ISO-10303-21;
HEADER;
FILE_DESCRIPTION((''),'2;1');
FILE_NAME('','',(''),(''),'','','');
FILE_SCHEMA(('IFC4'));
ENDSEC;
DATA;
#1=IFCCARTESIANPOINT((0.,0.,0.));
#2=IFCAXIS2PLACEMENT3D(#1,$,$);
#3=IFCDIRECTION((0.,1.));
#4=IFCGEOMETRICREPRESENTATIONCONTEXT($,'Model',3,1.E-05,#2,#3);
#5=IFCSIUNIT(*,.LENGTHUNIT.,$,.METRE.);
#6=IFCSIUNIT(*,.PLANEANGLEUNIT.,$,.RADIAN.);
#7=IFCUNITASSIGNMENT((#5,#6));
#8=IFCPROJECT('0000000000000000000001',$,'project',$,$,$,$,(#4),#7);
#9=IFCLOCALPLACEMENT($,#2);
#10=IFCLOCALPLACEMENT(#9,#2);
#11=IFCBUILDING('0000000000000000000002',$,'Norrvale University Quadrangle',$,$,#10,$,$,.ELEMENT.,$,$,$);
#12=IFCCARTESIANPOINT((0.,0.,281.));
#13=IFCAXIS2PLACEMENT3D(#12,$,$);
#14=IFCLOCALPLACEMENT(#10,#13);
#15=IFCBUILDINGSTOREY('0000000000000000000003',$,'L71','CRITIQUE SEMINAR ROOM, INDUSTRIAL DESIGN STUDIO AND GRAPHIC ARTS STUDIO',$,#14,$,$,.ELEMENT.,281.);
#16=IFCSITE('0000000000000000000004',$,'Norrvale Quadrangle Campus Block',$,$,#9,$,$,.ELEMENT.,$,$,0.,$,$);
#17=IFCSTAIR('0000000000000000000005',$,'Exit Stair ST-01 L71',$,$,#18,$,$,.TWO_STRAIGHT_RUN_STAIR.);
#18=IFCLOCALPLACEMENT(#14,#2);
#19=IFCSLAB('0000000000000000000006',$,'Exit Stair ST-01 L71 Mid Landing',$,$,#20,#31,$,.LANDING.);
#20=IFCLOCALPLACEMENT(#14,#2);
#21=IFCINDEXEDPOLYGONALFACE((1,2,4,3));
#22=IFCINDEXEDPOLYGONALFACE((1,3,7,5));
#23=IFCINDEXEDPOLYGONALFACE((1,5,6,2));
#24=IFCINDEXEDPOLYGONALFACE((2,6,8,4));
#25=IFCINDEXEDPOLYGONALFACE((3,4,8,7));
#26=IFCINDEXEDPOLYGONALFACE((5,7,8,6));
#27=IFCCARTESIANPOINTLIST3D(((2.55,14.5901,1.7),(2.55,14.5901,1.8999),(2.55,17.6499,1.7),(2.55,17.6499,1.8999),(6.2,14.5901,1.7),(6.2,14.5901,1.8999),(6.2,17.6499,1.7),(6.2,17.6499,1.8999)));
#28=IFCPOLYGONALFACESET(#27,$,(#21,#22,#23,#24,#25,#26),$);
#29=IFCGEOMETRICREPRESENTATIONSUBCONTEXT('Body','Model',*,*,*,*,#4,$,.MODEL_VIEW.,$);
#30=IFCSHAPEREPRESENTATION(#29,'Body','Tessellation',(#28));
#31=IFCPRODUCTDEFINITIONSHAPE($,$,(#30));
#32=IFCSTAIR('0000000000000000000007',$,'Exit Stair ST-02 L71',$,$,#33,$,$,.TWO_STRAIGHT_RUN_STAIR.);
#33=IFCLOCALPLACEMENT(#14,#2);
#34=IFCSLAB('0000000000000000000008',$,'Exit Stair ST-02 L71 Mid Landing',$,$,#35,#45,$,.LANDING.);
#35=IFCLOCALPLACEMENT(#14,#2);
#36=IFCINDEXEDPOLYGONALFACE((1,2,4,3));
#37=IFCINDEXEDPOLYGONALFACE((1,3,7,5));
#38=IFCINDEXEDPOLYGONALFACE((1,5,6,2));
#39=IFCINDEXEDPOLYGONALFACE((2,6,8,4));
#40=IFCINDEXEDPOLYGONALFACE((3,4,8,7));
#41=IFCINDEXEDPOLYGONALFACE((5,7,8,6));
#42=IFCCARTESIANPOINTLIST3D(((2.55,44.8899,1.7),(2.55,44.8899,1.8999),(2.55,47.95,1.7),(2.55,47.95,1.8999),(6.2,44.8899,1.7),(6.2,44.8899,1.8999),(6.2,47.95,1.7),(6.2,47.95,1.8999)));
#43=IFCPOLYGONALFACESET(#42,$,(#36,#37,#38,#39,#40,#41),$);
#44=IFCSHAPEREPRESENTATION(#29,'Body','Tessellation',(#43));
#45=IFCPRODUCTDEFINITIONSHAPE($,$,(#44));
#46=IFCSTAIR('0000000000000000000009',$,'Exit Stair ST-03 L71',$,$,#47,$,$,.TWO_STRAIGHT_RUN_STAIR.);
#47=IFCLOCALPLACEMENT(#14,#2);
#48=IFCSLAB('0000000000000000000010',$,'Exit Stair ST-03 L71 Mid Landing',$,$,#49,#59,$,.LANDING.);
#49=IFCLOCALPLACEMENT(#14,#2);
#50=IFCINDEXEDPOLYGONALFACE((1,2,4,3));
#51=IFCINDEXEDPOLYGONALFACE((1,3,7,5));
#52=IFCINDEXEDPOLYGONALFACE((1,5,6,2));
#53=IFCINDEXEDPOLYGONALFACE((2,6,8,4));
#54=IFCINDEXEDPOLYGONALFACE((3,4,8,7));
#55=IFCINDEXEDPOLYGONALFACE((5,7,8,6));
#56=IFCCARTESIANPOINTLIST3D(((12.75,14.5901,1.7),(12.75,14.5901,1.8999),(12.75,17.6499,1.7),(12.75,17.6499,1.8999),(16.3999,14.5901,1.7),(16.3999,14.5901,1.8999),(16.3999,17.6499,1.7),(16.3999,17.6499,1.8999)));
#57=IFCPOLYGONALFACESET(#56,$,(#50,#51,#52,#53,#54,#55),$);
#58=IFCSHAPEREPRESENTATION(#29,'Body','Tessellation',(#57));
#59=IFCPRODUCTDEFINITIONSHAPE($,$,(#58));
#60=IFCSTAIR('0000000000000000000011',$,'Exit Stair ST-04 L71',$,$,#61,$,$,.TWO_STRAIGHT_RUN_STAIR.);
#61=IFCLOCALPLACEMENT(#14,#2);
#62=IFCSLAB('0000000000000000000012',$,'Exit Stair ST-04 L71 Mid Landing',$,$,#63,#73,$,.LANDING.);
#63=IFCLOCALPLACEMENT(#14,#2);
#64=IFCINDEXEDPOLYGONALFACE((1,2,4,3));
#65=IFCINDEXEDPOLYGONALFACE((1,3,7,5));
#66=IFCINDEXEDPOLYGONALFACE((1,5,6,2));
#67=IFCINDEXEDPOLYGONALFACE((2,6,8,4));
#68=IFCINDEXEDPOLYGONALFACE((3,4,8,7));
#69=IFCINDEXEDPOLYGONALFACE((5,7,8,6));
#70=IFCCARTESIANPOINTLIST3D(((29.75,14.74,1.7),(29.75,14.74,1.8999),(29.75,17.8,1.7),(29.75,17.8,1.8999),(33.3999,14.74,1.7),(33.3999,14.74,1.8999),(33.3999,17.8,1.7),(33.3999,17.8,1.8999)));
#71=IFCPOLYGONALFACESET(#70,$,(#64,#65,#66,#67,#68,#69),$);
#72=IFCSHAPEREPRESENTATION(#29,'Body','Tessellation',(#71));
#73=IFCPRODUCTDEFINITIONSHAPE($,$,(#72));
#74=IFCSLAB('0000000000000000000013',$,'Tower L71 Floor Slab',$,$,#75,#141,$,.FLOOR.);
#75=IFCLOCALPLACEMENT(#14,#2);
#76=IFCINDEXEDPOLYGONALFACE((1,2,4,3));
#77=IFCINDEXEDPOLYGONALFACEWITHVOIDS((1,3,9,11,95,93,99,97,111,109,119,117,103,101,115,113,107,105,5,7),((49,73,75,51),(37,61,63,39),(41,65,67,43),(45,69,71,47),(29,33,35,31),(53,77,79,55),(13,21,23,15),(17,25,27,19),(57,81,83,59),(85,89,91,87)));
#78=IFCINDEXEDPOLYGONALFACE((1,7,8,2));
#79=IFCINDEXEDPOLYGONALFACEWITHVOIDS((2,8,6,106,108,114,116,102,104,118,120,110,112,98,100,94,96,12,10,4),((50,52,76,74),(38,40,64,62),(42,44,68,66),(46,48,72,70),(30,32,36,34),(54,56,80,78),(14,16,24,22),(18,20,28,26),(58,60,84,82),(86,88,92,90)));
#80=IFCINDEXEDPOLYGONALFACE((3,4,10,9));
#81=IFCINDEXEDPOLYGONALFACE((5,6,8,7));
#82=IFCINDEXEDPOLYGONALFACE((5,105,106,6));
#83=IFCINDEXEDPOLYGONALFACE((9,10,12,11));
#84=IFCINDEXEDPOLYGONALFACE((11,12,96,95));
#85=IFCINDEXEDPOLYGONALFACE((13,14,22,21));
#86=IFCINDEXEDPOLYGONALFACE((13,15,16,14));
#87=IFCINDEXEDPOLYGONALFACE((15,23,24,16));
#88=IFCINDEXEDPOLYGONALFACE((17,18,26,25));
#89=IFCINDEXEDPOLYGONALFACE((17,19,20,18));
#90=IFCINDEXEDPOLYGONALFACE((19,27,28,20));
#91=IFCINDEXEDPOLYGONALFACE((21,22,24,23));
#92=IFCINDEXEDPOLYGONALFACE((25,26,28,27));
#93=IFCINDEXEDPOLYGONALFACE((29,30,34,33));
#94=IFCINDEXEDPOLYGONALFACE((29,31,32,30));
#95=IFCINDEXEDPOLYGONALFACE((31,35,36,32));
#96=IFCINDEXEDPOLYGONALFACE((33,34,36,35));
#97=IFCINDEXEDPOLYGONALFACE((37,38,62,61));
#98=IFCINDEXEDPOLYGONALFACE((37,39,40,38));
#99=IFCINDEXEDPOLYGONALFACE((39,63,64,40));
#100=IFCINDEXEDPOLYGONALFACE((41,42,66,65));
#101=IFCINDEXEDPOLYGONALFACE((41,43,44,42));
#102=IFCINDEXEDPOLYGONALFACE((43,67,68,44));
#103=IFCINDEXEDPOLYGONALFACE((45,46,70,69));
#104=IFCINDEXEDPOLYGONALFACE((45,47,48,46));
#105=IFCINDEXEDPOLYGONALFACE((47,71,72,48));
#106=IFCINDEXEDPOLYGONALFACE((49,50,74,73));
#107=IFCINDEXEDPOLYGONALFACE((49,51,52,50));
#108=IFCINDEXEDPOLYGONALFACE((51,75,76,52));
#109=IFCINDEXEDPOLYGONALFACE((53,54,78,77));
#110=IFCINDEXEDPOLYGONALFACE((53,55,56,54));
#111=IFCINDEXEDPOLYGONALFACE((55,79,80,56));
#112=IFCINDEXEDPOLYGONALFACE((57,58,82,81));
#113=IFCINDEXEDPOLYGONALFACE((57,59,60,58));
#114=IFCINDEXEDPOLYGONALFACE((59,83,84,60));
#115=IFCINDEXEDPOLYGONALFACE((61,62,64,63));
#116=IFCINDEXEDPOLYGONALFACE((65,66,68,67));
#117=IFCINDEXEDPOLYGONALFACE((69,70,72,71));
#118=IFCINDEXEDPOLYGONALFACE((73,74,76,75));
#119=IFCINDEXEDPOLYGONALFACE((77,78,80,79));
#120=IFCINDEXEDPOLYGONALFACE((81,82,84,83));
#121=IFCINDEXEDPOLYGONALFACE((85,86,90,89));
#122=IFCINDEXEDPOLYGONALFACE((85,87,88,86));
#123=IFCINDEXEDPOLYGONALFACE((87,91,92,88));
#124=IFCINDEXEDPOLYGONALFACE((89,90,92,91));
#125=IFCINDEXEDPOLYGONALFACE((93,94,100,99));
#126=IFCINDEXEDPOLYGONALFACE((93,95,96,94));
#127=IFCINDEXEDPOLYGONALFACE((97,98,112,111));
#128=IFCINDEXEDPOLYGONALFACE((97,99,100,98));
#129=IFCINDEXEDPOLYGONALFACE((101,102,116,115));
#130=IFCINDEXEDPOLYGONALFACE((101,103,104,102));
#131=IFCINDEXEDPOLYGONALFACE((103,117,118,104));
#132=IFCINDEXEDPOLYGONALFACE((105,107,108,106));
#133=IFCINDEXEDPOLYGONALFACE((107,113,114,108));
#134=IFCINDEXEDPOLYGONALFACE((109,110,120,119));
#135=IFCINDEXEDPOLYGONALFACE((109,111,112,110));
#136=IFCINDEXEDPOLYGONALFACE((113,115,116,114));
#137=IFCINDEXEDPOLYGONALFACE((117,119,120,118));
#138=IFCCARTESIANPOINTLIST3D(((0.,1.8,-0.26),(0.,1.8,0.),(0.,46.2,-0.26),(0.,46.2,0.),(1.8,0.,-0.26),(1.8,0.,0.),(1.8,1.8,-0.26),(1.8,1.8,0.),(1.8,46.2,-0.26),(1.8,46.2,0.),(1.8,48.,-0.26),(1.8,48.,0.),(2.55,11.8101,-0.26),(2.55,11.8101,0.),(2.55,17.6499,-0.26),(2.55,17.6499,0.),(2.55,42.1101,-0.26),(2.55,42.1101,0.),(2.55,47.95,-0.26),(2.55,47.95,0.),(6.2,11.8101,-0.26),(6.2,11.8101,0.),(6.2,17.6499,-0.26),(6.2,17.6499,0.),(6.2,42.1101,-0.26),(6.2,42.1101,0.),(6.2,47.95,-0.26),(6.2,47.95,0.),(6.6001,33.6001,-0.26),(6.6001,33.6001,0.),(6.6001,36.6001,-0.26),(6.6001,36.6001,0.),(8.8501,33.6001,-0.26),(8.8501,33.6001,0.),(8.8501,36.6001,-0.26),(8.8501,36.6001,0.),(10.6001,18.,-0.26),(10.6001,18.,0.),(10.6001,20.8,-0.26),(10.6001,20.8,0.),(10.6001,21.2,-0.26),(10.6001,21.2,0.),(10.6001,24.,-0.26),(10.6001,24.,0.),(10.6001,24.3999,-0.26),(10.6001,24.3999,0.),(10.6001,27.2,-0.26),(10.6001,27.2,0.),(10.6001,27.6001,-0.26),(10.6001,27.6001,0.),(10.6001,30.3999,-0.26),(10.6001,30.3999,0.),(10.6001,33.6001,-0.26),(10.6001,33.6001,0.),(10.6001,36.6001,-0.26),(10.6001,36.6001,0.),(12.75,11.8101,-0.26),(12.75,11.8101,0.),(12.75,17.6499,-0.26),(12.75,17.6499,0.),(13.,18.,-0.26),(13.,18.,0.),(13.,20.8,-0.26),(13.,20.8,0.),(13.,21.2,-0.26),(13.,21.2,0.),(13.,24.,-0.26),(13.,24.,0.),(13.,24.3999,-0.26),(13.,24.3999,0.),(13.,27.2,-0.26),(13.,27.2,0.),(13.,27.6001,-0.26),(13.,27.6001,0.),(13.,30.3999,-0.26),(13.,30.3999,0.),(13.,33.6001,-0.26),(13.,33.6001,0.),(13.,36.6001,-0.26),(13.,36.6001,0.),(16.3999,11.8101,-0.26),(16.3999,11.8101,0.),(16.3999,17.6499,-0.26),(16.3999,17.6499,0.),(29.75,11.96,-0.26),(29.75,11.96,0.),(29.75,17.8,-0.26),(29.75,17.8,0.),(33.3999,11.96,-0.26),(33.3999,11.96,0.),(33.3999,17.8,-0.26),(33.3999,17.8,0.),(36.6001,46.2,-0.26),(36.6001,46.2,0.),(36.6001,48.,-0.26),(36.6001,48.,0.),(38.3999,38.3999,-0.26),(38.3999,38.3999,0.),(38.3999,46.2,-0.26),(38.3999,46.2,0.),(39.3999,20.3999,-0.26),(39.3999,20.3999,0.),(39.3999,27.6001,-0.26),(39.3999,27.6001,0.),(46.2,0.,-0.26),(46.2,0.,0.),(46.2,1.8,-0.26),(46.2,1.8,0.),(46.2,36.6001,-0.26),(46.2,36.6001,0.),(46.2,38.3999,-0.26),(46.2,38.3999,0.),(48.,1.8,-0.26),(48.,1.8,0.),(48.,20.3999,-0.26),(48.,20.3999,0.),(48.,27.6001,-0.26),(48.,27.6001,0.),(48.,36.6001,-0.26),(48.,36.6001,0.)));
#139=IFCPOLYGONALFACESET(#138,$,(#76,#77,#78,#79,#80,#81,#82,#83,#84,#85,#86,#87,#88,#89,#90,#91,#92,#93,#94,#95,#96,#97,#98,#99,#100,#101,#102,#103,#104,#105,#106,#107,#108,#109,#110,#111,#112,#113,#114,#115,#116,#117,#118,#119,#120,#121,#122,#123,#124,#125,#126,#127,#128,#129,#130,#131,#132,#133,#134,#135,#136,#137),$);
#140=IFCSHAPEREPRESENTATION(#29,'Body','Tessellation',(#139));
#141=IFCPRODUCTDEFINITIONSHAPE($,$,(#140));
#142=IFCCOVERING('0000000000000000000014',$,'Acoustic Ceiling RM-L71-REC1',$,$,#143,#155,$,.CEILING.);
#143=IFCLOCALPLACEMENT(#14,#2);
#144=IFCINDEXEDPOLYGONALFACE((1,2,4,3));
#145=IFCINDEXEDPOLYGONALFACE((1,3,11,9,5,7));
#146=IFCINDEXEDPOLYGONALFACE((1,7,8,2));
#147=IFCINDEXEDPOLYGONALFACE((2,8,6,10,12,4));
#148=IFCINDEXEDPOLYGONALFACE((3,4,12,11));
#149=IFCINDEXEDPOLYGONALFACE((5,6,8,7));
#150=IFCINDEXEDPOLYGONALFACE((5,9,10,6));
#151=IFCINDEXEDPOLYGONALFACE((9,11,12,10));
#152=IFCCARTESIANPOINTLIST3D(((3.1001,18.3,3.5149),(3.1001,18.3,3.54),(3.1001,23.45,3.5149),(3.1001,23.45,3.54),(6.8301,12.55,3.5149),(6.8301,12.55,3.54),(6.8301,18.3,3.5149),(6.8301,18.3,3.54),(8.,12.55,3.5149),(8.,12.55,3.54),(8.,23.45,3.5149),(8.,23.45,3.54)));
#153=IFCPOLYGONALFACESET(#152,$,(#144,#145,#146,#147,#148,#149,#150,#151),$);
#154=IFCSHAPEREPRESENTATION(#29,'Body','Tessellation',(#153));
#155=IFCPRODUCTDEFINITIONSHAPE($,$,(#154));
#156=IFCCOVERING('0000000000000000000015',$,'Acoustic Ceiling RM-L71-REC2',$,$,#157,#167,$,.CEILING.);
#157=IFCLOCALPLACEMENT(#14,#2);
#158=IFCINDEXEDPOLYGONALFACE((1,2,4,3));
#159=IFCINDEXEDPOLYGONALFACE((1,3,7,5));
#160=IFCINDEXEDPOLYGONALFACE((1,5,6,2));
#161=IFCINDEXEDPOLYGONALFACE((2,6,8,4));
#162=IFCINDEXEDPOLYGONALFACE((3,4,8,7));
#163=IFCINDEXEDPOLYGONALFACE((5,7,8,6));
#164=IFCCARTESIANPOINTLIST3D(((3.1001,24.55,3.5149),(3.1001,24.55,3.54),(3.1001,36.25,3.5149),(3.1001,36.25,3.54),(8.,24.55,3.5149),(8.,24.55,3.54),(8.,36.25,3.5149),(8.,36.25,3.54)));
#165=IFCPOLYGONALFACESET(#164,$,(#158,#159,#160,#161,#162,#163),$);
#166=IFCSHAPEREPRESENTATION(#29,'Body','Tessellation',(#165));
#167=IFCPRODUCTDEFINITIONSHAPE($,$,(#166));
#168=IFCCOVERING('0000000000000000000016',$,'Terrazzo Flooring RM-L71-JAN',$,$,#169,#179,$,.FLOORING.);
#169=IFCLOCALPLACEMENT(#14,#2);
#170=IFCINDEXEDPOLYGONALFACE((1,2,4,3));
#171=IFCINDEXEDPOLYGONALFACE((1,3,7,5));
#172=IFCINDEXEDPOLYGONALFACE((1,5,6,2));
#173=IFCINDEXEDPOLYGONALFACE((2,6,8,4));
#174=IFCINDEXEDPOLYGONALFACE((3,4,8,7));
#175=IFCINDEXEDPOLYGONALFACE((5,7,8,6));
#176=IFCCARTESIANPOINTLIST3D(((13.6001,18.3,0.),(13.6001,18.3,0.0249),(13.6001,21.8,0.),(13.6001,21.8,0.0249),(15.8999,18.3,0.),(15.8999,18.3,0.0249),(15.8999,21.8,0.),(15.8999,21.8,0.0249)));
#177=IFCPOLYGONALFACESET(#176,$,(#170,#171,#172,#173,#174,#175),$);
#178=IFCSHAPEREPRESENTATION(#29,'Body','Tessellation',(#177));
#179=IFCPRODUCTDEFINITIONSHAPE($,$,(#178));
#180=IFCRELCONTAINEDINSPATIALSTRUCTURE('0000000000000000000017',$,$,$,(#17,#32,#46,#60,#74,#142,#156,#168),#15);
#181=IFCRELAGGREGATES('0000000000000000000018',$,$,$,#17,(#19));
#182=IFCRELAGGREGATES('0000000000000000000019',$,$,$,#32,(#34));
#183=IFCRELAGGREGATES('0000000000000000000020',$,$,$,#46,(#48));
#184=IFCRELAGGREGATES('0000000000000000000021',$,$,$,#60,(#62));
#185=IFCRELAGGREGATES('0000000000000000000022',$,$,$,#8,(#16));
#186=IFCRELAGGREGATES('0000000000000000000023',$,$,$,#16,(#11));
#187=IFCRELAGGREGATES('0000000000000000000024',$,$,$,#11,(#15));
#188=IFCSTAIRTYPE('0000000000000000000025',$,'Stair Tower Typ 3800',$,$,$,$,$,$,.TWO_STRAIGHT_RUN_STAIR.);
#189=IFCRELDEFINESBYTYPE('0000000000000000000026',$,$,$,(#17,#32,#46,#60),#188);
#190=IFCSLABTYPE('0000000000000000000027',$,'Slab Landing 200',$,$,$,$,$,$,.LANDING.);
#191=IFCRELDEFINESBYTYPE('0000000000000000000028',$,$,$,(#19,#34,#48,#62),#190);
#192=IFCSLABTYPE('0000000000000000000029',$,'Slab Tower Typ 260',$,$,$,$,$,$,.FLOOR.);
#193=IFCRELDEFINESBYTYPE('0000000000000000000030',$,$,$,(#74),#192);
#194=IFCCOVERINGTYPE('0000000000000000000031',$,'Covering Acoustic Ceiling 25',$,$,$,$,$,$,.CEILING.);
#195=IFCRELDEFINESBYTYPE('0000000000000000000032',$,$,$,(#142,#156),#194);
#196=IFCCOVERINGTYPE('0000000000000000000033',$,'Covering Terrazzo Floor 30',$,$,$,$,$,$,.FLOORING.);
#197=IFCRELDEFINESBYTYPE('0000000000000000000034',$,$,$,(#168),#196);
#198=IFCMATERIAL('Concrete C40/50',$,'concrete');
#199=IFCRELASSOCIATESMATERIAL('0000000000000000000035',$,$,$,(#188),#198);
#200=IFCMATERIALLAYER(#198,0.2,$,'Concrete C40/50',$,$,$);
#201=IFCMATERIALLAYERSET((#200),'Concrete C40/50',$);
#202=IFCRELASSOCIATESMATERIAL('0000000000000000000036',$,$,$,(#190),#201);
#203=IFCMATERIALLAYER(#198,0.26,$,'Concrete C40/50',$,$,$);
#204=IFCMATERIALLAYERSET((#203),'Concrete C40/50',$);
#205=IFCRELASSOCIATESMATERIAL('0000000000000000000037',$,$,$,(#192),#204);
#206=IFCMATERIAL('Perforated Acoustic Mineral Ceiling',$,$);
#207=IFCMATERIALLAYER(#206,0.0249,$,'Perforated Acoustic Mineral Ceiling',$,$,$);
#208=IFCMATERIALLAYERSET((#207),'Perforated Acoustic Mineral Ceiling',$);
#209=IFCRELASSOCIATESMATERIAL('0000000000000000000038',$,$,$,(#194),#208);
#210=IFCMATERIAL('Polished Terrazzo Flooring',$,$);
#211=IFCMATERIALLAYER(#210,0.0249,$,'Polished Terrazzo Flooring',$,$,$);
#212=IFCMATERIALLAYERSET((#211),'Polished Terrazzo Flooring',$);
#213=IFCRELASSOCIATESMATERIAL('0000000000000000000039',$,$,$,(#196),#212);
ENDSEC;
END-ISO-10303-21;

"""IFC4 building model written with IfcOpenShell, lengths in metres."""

from ifc_helpers import new_model, si_unit, direction, frame, origin, place, context, subcontext, project, spatial, polyline, outline, extrude, material, layer, layer_set, type_object, element, aggregate, save


model = new_model("IFC4")

# Units and contexts
model_context = context("Model", 3, precision=1e-05, world=origin(), true_north=direction((0.0, 1.0)))
body_context = subcontext(model_context, "Body", "Model", "MODEL_VIEW")
ifc_project = project(units=[si_unit("LENGTHUNIT", "METRE"), si_unit("PLANEANGLEUNIT", "RADIAN")], contexts=[model_context])

# Site, building, storey
site_placement = place(None, origin())
site = spatial("IfcSite", under=ifc_project, at=site_placement, Name="Norrvale Quadrangle Campus Block", CompositionType="ELEMENT", RefElevation=0.0)
building_placement = place(site_placement, origin())
building = spatial("IfcBuilding", under=site, at=building_placement, Name="Norrvale University Quadrangle", CompositionType="ELEMENT")
storey_placement = place(building_placement, frame((0.0, 0.0, 281.0)))
storey = spatial("IfcBuildingStorey", under=building, at=storey_placement, Name="L71", Description="CRITIQUE SEMINAR ROOM, INDUSTRIAL DESIGN STUDIO AND GRAPHIC ARTS STUDIO", CompositionType="ELEMENT", Elevation=281.0)

# Stairs, slabs
ifc_material_1 = material(Name="Concrete C40/50", Category="concrete")
stair_type = type_object("IfcStairType", Name="Stair Tower Typ 3800", PredefinedType="TWO_STRAIGHT_RUN_STAIR", material=ifc_material_1)
stair_1_placement = place(storey_placement, origin())
stair_1 = element("IfcStair", 1, at=stair_1_placement, inside=storey, type_object=stair_type, Name="Exit Stair ST-01 L71", PredefinedType="TWO_STRAIGHT_RUN_STAIR")
ifc_layer_1 = layer(ifc_material_1, 0.2, Name="Concrete C40/50")
ifc_layer_set_1 = layer_set([ifc_layer_1], Name="Concrete C40/50")
slab_type_1 = type_object("IfcSlabType", Name="Slab Landing 200", PredefinedType="LANDING", material=ifc_layer_set_1)
slab_1_placement = place(storey_placement, frame((0.0, 0.0, 1.7)))
slab_1 = element("IfcSlab", 2, at=slab_1_placement, type_object=slab_type_1, Name="Exit Stair ST-01 L71 Mid Landing", PredefinedType="LANDING", context=body_context, shape_type="SweptSolid", body=[
    extrude(outline(polyline([(2.55, 14.5901), (6.2, 14.5901), (6.2, 17.6499), (2.55, 17.6499), (2.55, 14.5901)])), origin(), (0.0, 0.0, 1.0), 0.2),
])
aggregate(stair_1, [slab_1])
stair_2_placement = place(storey_placement, origin())
stair_2 = element("IfcStair", 3, at=stair_2_placement, inside=storey, type_object=stair_type, Name="Exit Stair ST-02 L71", PredefinedType="TWO_STRAIGHT_RUN_STAIR")
slab_2_placement = place(storey_placement, frame((0.0, 0.0, 1.7)))
slab_2 = element("IfcSlab", 4, at=slab_2_placement, type_object=slab_type_1, Name="Exit Stair ST-02 L71 Mid Landing", PredefinedType="LANDING", context=body_context, shape_type="SweptSolid", body=[
    extrude(outline(polyline([(2.55, 44.8899), (6.2, 44.8899), (6.2, 47.95), (2.55, 47.95), (2.55, 44.8899)])), origin(), (0.0, 0.0, 1.0), 0.2),
])
aggregate(stair_2, [slab_2])
stair_3_placement = place(storey_placement, origin())
stair_3 = element("IfcStair", 5, at=stair_3_placement, inside=storey, type_object=stair_type, Name="Exit Stair ST-03 L71", PredefinedType="TWO_STRAIGHT_RUN_STAIR")
slab_3_placement = place(storey_placement, frame((0.0, 0.0, 1.7)))
slab_3 = element("IfcSlab", 6, at=slab_3_placement, type_object=slab_type_1, Name="Exit Stair ST-03 L71 Mid Landing", PredefinedType="LANDING", context=body_context, shape_type="SweptSolid", body=[
    extrude(outline(polyline([(12.75, 14.5901), (16.3999, 14.5901), (16.3999, 17.6499), (12.75, 17.6499), (12.75, 14.5901)])), origin(), (0.0, 0.0, 1.0), 0.2),
])
aggregate(stair_3, [slab_3])
stair_4_placement = place(storey_placement, origin())
stair_4 = element("IfcStair", 7, at=stair_4_placement, inside=storey, type_object=stair_type, Name="Exit Stair ST-04 L71", PredefinedType="TWO_STRAIGHT_RUN_STAIR")
slab_4_placement = place(storey_placement, frame((0.0, 0.0, 1.7)))
slab_4 = element("IfcSlab", 8, at=slab_4_placement, type_object=slab_type_1, Name="Exit Stair ST-04 L71 Mid Landing", PredefinedType="LANDING", context=body_context, shape_type="SweptSolid", body=[
    extrude(outline(polyline([(29.75, 14.74), (33.3999, 14.74), (33.3999, 17.8), (29.75, 17.8), (29.75, 14.74)])), origin(), (0.0, 0.0, 1.0), 0.2),
])
aggregate(stair_4, [slab_4])

# Slab
ifc_layer_2 = layer(ifc_material_1, 0.26, Name="Concrete C40/50")
ifc_layer_set_2 = layer_set([ifc_layer_2], Name="Concrete C40/50")
slab_type_2 = type_object("IfcSlabType", Name="Slab Tower Typ 260", PredefinedType="FLOOR", material=ifc_layer_set_2)
slab_5_placement = place(storey_placement, frame((0.0, 0.0, -0.26)))
element("IfcSlab", 9, at=slab_5_placement, inside=storey, type_object=slab_type_2, Name="Tower L71 Floor Slab", PredefinedType="FLOOR", context=body_context, shape_type="SweptSolid", body=[
    extrude(outline(polyline([(48.0, 1.8), (46.2, 1.8), (46.2, 0.0), (1.8, 0.0), (1.8, 1.8), (0.0, 1.8), (0.0, 46.2), (1.8, 46.2), (1.8, 48.0), (36.6001, 48.0), (36.6001, 46.2), (38.3999, 46.2), (38.3999, 38.3999), (46.2, 38.3999), (46.2, 36.6001), (48.0, 36.6001), (48.0, 27.6001), (39.3999, 27.6001), (39.3999, 20.3999), (48.0, 20.3999), (48.0, 1.8)]), holes=[polyline([(2.55, 11.8101), (6.2, 11.8101), (6.2, 17.6499), (2.55, 17.6499), (2.55, 11.8101)]), polyline([(2.55, 42.1101), (6.2, 42.1101), (6.2, 47.95), (2.55, 47.95), (2.55, 42.1101)]), polyline([(12.75, 11.8101), (16.3999, 11.8101), (16.3999, 17.6499), (12.75, 17.6499), (12.75, 11.8101)]), polyline([(29.75, 11.96), (33.3999, 11.96), (33.3999, 17.8), (29.75, 17.8), (29.75, 11.96)]), polyline([(10.6001, 18.0), (13.0, 18.0), (13.0, 20.8), (10.6001, 20.8), (10.6001, 18.0)]), polyline([(10.6001, 21.2), (13.0, 21.2), (13.0, 24.0), (10.6001, 24.0), (10.6001, 21.2)]), polyline([(10.6001, 24.3999), (13.0, 24.3999), (13.0, 27.2), (10.6001, 27.2), (10.6001, 24.3999)]), polyline([(10.6001, 27.6001), (13.0, 27.6001), (13.0, 30.3999), (10.6001, 30.3999), (10.6001, 27.6001)]), polyline([(6.6001, 33.6001), (8.8501, 33.6001), (8.8501, 36.6001), (6.6001, 36.6001), (6.6001, 33.6001)]), polyline([(10.6001, 33.6001), (13.0, 33.6001), (13.0, 36.6001), (10.6001, 36.6001), (10.6001, 33.6001)])]), origin(), (0.0, 0.0, 1.0), 0.26),
])

# Coverings
ifc_material_2 = material(Name="Perforated Acoustic Mineral Ceiling")
ifc_layer_3 = layer(ifc_material_2, 0.0249, Name="Perforated Acoustic Mineral Ceiling")
ifc_layer_set_3 = layer_set([ifc_layer_3], Name="Perforated Acoustic Mineral Ceiling")
covering_type_1 = type_object("IfcCoveringType", Name="Covering Acoustic Ceiling 25", PredefinedType="CEILING", material=ifc_layer_set_3)
covering_1_placement = place(storey_placement, frame((0.0, 0.0, 3.5149)))
element("IfcCovering", 10, at=covering_1_placement, inside=storey, type_object=covering_type_1, Name="Acoustic Ceiling RM-L71-REC1", PredefinedType="CEILING", context=body_context, shape_type="SweptSolid", body=[
    extrude(outline(polyline([(3.1001, 18.3), (3.1001, 23.45), (8.0, 23.45), (8.0, 12.55), (6.8301, 12.55), (6.8301, 18.3), (3.1001, 18.3)])), origin(), (0.0, 0.0, 1.0), 0.0251),
])
covering_2_placement = place(storey_placement, frame((0.0, 0.0, 3.5149)))
element("IfcCovering", 11, at=covering_2_placement, inside=storey, type_object=covering_type_1, Name="Acoustic Ceiling RM-L71-REC2", PredefinedType="CEILING", context=body_context, shape_type="SweptSolid", body=[
    extrude(outline(polyline([(3.1001, 24.55), (3.1001, 36.25), (8.0, 36.25), (8.0, 24.55), (3.1001, 24.55)])), origin(), (0.0, 0.0, 1.0), 0.0251),
])
ifc_material_3 = material(Name="Polished Terrazzo Flooring")
ifc_layer_4 = layer(ifc_material_3, 0.0249, Name="Polished Terrazzo Flooring")
ifc_layer_set_4 = layer_set([ifc_layer_4], Name="Polished Terrazzo Flooring")
covering_type_2 = type_object("IfcCoveringType", Name="Covering Terrazzo Floor 30", PredefinedType="FLOORING", material=ifc_layer_set_4)
covering_3_placement = place(storey_placement, origin())
element("IfcCovering", 12, at=covering_3_placement, inside=storey, type_object=covering_type_2, Name="Terrazzo Flooring RM-L71-JAN", PredefinedType="FLOORING", context=body_context, shape_type="SweptSolid", body=[
    extrude(outline(polyline([(13.6001, 18.3), (13.6001, 21.8), (15.8999, 21.8), (15.8999, 18.3), (13.6001, 18.3)])), origin(), (0.0, 0.0, 1.0), 0.0249),
])

save(model, "model.ifc")
